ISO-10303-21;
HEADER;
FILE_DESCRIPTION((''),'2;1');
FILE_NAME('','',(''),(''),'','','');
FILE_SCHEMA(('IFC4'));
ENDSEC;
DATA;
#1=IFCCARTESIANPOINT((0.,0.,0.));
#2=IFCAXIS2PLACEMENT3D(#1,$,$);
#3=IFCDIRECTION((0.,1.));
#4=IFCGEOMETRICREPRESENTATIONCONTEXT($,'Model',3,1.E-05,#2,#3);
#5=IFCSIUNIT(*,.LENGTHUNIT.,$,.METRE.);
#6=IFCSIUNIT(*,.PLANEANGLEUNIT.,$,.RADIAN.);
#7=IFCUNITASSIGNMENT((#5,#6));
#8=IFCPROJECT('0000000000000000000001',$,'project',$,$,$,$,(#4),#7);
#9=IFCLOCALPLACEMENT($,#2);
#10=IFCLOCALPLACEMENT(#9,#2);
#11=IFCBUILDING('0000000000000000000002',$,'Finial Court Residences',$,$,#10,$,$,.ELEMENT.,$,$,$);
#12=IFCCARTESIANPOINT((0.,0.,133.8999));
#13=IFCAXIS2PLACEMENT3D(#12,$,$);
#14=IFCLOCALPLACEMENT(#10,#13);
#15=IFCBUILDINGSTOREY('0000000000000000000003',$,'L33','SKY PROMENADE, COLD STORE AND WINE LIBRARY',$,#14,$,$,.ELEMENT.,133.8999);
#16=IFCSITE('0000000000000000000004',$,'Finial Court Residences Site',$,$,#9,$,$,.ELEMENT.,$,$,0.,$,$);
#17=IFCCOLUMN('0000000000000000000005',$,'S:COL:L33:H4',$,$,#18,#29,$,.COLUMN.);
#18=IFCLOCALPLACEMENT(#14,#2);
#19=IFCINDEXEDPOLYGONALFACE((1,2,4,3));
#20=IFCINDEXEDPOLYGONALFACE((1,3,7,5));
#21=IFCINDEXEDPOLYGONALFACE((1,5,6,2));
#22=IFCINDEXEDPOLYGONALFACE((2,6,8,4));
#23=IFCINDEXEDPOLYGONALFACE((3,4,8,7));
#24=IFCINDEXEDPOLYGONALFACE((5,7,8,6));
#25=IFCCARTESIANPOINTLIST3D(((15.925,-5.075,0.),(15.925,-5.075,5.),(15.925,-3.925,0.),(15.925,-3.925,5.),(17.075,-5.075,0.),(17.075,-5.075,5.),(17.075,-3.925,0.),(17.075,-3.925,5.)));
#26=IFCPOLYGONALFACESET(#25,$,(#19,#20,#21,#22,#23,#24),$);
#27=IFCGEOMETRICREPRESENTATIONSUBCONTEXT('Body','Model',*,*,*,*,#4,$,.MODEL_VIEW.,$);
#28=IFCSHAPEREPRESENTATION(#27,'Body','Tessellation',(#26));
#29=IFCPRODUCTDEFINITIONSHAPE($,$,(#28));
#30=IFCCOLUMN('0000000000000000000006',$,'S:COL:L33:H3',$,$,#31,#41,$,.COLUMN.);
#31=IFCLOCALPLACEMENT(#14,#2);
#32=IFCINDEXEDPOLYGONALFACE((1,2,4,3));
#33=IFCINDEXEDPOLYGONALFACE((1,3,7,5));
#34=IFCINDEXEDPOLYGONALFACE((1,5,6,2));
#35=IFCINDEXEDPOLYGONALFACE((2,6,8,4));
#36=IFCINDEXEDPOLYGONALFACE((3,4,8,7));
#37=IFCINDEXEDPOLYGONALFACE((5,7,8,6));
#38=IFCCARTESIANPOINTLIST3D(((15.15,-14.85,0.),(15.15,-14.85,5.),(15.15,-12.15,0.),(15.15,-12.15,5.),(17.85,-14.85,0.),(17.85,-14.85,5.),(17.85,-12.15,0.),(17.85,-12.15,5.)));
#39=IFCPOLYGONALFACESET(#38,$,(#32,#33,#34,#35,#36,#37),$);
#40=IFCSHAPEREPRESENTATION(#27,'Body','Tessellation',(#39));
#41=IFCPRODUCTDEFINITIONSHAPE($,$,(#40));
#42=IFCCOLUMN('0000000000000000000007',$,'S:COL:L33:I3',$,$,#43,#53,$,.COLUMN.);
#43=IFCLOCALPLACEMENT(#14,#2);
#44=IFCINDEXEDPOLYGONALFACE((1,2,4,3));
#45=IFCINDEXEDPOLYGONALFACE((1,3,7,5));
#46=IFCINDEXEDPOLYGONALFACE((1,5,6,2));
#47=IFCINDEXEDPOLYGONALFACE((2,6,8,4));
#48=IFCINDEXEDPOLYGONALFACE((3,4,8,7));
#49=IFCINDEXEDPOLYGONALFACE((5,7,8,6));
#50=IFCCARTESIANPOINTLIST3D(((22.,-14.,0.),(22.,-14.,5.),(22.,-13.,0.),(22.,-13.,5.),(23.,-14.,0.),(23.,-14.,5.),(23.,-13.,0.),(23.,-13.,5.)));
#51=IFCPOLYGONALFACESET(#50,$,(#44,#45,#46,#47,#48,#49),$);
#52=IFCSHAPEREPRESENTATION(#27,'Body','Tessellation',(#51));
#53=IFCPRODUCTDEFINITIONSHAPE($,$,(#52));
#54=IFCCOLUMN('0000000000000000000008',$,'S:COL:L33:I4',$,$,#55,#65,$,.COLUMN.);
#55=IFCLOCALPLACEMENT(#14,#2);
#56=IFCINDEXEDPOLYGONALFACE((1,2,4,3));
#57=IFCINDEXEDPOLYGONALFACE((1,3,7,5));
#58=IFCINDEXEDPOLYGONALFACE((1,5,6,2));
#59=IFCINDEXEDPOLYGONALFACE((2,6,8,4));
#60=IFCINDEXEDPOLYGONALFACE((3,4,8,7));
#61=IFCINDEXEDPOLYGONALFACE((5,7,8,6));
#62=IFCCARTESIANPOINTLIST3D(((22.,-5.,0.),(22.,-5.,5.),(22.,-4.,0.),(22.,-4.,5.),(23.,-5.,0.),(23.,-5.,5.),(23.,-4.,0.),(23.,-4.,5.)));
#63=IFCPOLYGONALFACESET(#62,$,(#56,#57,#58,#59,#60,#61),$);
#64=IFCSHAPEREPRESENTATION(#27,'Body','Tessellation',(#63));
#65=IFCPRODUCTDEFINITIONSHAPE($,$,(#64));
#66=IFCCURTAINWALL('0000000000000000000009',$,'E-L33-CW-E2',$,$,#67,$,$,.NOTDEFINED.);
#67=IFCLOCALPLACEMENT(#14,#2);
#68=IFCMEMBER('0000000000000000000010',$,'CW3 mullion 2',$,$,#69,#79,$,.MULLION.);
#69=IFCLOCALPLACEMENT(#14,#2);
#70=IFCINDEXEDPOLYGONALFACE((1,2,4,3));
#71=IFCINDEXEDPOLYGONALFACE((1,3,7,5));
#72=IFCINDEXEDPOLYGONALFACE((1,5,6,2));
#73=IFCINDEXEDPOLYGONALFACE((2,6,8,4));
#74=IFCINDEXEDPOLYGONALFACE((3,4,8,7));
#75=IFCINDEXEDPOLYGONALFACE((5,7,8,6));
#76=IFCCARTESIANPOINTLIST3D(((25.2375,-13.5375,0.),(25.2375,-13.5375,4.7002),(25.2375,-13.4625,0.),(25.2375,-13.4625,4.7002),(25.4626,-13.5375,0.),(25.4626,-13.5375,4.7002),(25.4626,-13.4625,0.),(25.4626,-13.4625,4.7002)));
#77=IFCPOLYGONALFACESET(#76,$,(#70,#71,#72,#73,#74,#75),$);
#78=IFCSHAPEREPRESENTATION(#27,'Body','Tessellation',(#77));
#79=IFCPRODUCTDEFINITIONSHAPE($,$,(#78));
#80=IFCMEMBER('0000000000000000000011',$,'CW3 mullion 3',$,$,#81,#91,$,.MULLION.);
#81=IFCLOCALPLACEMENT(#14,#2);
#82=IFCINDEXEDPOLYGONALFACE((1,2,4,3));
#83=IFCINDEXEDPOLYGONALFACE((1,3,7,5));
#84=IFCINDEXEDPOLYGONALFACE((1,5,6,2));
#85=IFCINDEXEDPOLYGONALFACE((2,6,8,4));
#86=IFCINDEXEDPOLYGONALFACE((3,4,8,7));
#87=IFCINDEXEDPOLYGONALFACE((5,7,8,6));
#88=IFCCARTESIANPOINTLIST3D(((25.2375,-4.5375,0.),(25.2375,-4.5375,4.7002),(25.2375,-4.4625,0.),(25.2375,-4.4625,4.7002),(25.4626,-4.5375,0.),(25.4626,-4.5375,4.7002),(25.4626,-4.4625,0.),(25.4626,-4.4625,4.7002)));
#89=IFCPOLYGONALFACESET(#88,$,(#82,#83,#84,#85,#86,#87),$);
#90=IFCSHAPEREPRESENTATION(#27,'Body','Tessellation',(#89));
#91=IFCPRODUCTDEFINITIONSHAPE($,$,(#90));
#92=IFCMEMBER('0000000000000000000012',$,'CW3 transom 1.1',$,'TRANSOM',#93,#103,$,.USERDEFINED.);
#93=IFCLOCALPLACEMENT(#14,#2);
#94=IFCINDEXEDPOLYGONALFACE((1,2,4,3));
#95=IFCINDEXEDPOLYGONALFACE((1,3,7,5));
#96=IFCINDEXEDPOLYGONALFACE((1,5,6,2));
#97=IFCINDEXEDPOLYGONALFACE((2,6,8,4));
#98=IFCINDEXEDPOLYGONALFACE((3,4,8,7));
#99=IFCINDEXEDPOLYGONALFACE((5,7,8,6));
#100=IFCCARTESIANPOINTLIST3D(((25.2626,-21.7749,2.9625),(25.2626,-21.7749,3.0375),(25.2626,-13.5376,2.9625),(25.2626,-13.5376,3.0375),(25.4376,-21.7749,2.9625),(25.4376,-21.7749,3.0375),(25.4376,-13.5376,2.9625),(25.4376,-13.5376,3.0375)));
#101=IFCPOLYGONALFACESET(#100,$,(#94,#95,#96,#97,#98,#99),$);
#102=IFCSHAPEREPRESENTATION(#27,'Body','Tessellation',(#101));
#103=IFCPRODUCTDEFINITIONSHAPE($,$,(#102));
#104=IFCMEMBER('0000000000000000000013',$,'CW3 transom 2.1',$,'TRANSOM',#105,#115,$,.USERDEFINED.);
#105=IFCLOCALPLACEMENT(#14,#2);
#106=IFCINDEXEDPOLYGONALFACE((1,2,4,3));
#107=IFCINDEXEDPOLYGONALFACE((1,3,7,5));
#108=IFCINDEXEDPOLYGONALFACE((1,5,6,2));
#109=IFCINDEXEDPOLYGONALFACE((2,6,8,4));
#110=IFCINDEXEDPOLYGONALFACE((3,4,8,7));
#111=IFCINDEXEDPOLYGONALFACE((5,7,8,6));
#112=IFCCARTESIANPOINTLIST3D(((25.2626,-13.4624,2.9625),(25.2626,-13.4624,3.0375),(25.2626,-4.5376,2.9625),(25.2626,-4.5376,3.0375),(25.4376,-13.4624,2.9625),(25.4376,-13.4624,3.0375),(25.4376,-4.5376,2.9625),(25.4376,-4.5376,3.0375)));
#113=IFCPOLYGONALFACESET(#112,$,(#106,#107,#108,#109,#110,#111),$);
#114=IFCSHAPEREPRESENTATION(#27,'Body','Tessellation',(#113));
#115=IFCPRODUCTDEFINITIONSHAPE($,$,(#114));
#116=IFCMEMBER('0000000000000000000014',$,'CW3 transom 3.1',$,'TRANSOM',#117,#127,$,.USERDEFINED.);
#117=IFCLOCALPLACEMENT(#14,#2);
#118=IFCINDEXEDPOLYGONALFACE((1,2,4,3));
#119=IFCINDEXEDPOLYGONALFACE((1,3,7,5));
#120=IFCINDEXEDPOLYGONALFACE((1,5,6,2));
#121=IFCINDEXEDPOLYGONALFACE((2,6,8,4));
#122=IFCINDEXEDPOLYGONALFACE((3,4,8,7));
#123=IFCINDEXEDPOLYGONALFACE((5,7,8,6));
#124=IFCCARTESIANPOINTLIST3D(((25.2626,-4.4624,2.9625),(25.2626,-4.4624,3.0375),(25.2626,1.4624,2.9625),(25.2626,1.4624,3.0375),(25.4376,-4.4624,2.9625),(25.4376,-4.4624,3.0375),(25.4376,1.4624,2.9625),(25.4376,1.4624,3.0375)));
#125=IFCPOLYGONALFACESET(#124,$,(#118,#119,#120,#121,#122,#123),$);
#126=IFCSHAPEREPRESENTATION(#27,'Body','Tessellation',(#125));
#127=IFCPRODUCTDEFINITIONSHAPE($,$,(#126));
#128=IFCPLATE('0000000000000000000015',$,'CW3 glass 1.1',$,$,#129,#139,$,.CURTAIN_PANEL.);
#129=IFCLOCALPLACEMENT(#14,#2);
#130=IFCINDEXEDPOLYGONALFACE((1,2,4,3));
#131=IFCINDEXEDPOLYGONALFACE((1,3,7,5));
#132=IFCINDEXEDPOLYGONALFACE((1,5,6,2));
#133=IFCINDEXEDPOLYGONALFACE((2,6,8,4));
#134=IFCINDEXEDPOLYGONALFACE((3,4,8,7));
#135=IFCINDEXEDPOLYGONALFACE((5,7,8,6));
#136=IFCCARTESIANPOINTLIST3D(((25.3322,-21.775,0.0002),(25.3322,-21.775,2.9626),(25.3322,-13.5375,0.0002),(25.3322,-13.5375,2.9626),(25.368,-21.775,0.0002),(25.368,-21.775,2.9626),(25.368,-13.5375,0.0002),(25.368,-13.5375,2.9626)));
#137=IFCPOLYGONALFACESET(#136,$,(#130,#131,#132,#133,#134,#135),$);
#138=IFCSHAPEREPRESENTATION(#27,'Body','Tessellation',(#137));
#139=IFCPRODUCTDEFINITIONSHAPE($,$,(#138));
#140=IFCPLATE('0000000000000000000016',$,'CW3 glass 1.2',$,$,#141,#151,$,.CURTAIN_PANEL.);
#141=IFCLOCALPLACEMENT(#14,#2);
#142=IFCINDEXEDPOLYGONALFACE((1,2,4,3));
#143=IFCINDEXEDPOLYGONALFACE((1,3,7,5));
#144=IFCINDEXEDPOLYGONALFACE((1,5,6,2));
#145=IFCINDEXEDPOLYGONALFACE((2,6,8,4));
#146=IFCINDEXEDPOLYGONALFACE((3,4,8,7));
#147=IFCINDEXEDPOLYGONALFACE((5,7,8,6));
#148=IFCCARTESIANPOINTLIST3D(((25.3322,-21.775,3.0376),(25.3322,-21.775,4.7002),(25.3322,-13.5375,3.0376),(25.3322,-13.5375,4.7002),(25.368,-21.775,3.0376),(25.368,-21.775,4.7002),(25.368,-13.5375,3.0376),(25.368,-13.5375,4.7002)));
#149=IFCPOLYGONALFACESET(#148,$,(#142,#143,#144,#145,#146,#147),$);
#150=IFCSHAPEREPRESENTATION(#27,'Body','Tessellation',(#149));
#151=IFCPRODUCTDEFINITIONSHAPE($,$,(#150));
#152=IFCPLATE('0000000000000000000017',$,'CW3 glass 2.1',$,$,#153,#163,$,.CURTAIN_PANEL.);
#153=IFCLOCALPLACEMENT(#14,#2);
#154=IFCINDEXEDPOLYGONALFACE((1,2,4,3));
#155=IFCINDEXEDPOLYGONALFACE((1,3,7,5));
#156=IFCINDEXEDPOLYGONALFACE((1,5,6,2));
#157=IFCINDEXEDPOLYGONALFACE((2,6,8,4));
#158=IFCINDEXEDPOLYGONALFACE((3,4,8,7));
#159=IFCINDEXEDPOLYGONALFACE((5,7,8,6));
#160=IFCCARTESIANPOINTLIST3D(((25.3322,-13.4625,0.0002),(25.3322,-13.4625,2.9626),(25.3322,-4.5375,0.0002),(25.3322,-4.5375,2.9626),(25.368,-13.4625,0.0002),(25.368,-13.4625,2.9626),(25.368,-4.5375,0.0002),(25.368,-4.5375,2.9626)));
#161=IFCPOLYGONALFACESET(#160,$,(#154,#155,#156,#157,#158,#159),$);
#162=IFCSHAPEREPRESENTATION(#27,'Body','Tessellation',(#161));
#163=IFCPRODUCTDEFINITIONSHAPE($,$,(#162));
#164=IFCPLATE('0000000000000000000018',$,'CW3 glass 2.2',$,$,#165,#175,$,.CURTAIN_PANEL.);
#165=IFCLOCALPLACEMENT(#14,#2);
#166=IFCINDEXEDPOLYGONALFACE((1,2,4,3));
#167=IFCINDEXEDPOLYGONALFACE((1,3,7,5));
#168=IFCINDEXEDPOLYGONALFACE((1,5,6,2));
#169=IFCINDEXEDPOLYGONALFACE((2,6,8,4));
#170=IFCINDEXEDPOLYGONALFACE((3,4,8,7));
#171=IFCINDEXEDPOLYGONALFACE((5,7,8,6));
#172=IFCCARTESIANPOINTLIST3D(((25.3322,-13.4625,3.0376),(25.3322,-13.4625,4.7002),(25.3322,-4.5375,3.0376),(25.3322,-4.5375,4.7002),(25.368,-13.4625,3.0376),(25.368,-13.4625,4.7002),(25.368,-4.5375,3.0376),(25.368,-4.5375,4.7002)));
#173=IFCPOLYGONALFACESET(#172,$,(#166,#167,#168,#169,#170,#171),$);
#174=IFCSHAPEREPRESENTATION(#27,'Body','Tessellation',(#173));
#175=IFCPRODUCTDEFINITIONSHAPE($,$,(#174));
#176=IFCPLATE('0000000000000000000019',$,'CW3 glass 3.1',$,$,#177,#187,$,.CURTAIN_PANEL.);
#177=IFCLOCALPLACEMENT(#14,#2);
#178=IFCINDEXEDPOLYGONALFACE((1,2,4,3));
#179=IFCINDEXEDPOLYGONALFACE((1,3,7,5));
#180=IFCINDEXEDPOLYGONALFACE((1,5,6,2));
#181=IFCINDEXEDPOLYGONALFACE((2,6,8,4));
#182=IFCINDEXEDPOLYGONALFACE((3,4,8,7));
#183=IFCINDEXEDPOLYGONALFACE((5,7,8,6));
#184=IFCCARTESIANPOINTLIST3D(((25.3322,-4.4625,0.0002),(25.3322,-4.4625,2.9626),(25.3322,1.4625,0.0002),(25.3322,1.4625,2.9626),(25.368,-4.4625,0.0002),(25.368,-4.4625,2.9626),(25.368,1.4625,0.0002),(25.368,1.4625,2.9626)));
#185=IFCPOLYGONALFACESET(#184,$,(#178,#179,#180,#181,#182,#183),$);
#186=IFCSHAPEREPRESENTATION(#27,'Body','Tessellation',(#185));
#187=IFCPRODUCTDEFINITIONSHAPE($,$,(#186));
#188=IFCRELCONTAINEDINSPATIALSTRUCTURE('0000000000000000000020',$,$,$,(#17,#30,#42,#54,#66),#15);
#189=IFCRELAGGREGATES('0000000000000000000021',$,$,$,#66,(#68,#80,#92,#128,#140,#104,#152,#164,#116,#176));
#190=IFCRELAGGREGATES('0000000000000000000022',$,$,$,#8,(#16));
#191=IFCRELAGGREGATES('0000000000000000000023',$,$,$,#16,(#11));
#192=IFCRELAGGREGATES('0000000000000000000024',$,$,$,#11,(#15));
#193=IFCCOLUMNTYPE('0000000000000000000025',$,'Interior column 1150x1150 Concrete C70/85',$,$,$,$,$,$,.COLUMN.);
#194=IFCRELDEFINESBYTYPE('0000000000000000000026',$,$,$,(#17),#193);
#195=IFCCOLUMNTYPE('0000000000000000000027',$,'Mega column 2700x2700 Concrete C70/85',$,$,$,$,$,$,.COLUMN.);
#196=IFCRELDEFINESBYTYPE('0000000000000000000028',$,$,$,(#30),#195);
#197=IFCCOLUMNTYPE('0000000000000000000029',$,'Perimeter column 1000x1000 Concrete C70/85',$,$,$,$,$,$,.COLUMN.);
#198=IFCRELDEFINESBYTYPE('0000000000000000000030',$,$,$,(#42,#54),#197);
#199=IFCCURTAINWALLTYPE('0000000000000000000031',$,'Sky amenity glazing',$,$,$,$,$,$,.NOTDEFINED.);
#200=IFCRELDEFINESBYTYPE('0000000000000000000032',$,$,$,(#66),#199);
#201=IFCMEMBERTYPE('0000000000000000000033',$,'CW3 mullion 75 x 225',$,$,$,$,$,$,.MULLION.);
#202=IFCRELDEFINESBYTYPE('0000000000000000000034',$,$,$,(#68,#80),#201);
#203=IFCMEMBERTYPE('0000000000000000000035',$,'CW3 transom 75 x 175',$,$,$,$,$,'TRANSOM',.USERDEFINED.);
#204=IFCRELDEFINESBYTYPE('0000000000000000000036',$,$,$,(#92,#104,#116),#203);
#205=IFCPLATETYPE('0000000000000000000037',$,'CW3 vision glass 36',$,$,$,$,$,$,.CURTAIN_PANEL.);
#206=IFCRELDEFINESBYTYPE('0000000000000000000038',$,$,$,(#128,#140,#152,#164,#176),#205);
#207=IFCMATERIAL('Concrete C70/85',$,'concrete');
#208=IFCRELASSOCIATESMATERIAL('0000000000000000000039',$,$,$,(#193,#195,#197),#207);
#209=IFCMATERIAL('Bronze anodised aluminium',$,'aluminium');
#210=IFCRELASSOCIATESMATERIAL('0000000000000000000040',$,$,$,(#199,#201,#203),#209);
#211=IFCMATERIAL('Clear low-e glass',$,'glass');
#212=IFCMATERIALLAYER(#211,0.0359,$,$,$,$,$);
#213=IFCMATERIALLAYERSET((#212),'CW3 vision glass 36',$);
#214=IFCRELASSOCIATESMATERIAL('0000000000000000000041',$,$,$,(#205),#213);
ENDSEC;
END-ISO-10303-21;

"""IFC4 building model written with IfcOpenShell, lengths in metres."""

from ifc_helpers import new_model, si_unit, direction, frame, origin, origin_2d, place, context, subcontext, project, spatial, rectangle, extrude, material, layer, layer_set, material_profile, profile_set, type_object, element, aggregate, save


model = new_model("IFC4")

# Units and contexts
model_context = context("Model", 3, precision=1e-05, world=origin(), true_north=direction((0.0, 1.0)))
body_context = subcontext(model_context, "Body", "Model", "MODEL_VIEW")
ifc_project = project(units=[si_unit("LENGTHUNIT", "METRE"), si_unit("PLANEANGLEUNIT", "RADIAN")], contexts=[model_context])

# Site, building, storey
site_placement = place(None, origin())
site = spatial("IfcSite", under=ifc_project, at=site_placement, Name="Finial Court Residences Site", CompositionType="ELEMENT", RefElevation=0.0)
building_placement = place(site_placement, origin())
building = spatial("IfcBuilding", under=site, at=building_placement, Name="Finial Court Residences", CompositionType="ELEMENT")
storey_placement = place(building_placement, frame((0.0, 0.0, 133.8999)))
storey = spatial("IfcBuildingStorey", under=building, at=storey_placement, Name="L33", Description="SKY PROMENADE, COLD STORE AND WINE LIBRARY", CompositionType="ELEMENT", Elevation=133.8999)

# Columns
ifc_material_1 = material(Name="Concrete C70/85", Category="concrete")
ifc_material_profile_1 = material_profile(ifc_material_1, rectangle(XDim=1.1499, YDim=1.1499, at=origin_2d()), Name="1150x1150")
ifc_profile_set_1 = profile_set([ifc_material_profile_1], Name="Concrete C70/85")
column_type_1 = type_object("IfcColumnType", Name="Interior column 1150x1150 Concrete C70/85", PredefinedType="COLUMN", material=ifc_profile_set_1)
column_1_placement = place(storey_placement, frame((16.5, -4.5, 0.0), z_axis=(0.0, 0.0, 1.0), x_axis=(1.0, 0.0, 0.0)))
element("IfcColumn", 1, at=column_1_placement, inside=storey, type_object=column_type_1, Name="S:COL:L33:H4", PredefinedType="COLUMN", context=body_context, shape_type="SweptSolid", body=[
    extrude(rectangle(XDim=1.1499, YDim=1.1499, at=origin_2d()), origin(), (0.0, 0.0, 1.0), 5.0),
])
ifc_material_profile_2 = material_profile(ifc_material_1, rectangle(XDim=2.7, YDim=2.7, at=origin_2d()), Name="2700x2700")
ifc_profile_set_2 = profile_set([ifc_material_profile_2], Name="Concrete C70/85")
column_type_2 = type_object("IfcColumnType", Name="Mega column 2700x2700 Concrete C70/85", PredefinedType="COLUMN", material=ifc_profile_set_2)
column_2_placement = place(storey_placement, frame((16.5, -13.5, 0.0), z_axis=(0.0, 0.0, 1.0), x_axis=(1.0, 0.0, 0.0)))
element("IfcColumn", 2, at=column_2_placement, inside=storey, type_object=column_type_2, Name="S:COL:L33:H3", PredefinedType="COLUMN", context=body_context, shape_type="SweptSolid", body=[
    extrude(rectangle(XDim=2.7, YDim=2.7, at=origin_2d()), origin(), (0.0, 0.0, 1.0), 5.0),
])
ifc_material_profile_3 = material_profile(ifc_material_1, rectangle(XDim=1.0, YDim=1.0, at=origin_2d()), Name="1000x1000")
ifc_profile_set_3 = profile_set([ifc_material_profile_3], Name="Concrete C70/85")
column_type_3 = type_object("IfcColumnType", Name="Perimeter column 1000x1000 Concrete C70/85", PredefinedType="COLUMN", material=ifc_profile_set_3)
for number, where, z_axis, x_axis, name in (
    (3, (22.5, -13.5, 0.0), (0.0, 0.0, 1.0), (1.0, 0.0, 0.0), "S:COL:L33:I3"),
    (4, (22.5, -4.5, 0.0), (0.0, 0.0, 1.0), (1.0, 0.0, 0.0), "S:COL:L33:I4"),
):
    element("IfcColumn", number, at=place(storey_placement, frame(where, z_axis=z_axis, x_axis=x_axis)), inside=storey, type_object=column_type_3, Name=name, PredefinedType="COLUMN", context=body_context, shape_type="SweptSolid", body=[
        extrude(rectangle(XDim=1.0, YDim=1.0, at=origin_2d()), origin(), (0.0, 0.0, 1.0), 5.0),
    ])

# Curtain wall, members, plates
ifc_material_2 = material(Name="Bronze anodised aluminium", Category="aluminium")
curtain_wall_type = type_object("IfcCurtainWallType", Name="Sky amenity glazing", PredefinedType="NOTDEFINED", material=ifc_material_2)
curtain_wall_placement = place(storey_placement, origin())
curtain_wall = element("IfcCurtainWall", 5, at=curtain_wall_placement, inside=storey, type_object=curtain_wall_type, Name="E-L33-CW-E2", PredefinedType="NOTDEFINED")
ifc_material_profile_4 = material_profile(ifc_material_2, rectangle(XDim=0.2251, YDim=0.075, at=origin_2d()), Name="CW3 mullion 75 x 225")
ifc_profile_set_4 = profile_set([ifc_material_profile_4], Name="Bronze anodised aluminium")
member_type_1 = type_object("IfcMemberType", Name="CW3 mullion 75 x 225", PredefinedType="MULLION", material=ifc_profile_set_4)
member_1_placement = place(storey_placement, frame((25.3501, -13.5, 0.0), z_axis=(0.0, 0.0, 1.0), x_axis=(-1.0, 0.0, 0.0)))
member_1 = element("IfcMember", 6, at=member_1_placement, type_object=member_type_1, Name="CW3 mullion 2", PredefinedType="MULLION", context=body_context, shape_type="SweptSolid", body=[
    extrude(rectangle(XDim=0.2251, YDim=0.075, at=origin_2d()), origin(), (0.0, 0.0, 1.0), 4.7002),
])
member_2_placement = place(storey_placement, frame((25.3501, -4.5, 0.0), z_axis=(0.0, 0.0, 1.0), x_axis=(-1.0, 0.0, 0.0)))
member_2 = element("IfcMember", 7, at=member_2_placement, type_object=member_type_1, Name="CW3 mullion 3", PredefinedType="MULLION", context=body_context, shape_type="SweptSolid", body=[
    extrude(rectangle(XDim=0.2251, YDim=0.075, at=origin_2d()), origin(), (0.0, 0.0, 1.0), 4.7002),
])
ifc_material_profile_5 = material_profile(ifc_material_2, rectangle(XDim=0.175, YDim=0.075, at=origin_2d()), Name="CW3 transom 75 x 175")
ifc_profile_set_5 = profile_set([ifc_material_profile_5], Name="Bronze anodised aluminium")
member_type_2 = type_object("IfcMemberType", Name="CW3 transom 75 x 175", ElementType="TRANSOM", PredefinedType="USERDEFINED", material=ifc_profile_set_5)
member_3_placement = place(storey_placement, frame((25.3501, -21.7749, 3.0), z_axis=(0.0, 1.0, 0.0), x_axis=(-1.0, 0.0, 0.0)))
member_3 = element("IfcMember", 8, at=member_3_placement, type_object=member_type_2, Name="CW3 transom 1.1", ObjectType="TRANSOM", PredefinedType="USERDEFINED", context=body_context, shape_type="SweptSolid", body=[
    extrude(rectangle(XDim=0.175, YDim=0.075, at=origin_2d()), origin(), (0.0, 0.0, 1.0), 8.2373),
])
member_4_placement = place(storey_placement, frame((25.3501, -13.4624, 3.0), z_axis=(0.0, 1.0, 0.0), x_axis=(-1.0, 0.0, 0.0)))
member_4 = element("IfcMember", 9, at=member_4_placement, type_object=member_type_2, Name="CW3 transom 2.1", ObjectType="TRANSOM", PredefinedType="USERDEFINED", context=body_context, shape_type="SweptSolid", body=[
    extrude(rectangle(XDim=0.175, YDim=0.075, at=origin_2d()), origin(), (0.0, 0.0, 1.0), 8.9248),
])
member_5_placement = place(storey_placement, frame((25.3501, -4.4624, 3.0), z_axis=(0.0, 1.0, 0.0), x_axis=(-1.0, 0.0, 0.0)))
member_5 = element("IfcMember", 10, at=member_5_placement, type_object=member_type_2, Name="CW3 transom 3.1", ObjectType="TRANSOM", PredefinedType="USERDEFINED", context=body_context, shape_type="SweptSolid", body=[
    extrude(rectangle(XDim=0.175, YDim=0.075, at=origin_2d()), origin(), (0.0, 0.0, 1.0), 5.9248),
])
ifc_material_3 = material(Name="Clear low-e glass", Category="glass")
ifc_layer = layer(ifc_material_3, 0.0359)
ifc_layer_set = layer_set([ifc_layer], Name="CW3 vision glass 36")
plate_type = type_object("IfcPlateType", Name="CW3 vision glass 36", PredefinedType="CURTAIN_PANEL", material=ifc_layer_set)
plate_1_placement = place(storey_placement, frame((25.3501, -17.6562, 0.0002), z_axis=(0.0, 0.0, 1.0), x_axis=(0.0, 1.0, 0.0)))
plate_1 = element("IfcPlate", 11, at=plate_1_placement, type_object=plate_type, Name="CW3 glass 1.1", PredefinedType="CURTAIN_PANEL", context=body_context, shape_type="SweptSolid", body=[
    extrude(rectangle(XDim=8.2375, YDim=0.0359, at=origin_2d()), origin(), (0.0, 0.0, 1.0), 2.9624),
])
plate_2_placement = place(storey_placement, frame((25.3501, -17.6562, 3.0376), z_axis=(0.0, 0.0, 1.0), x_axis=(0.0, 1.0, 0.0)))
plate_2 = element("IfcPlate", 12, at=plate_2_placement, type_object=plate_type, Name="CW3 glass 1.2", PredefinedType="CURTAIN_PANEL", context=body_context, shape_type="SweptSolid", body=[
    extrude(rectangle(XDim=8.2375, YDim=0.0359, at=origin_2d()), origin(), (0.0, 0.0, 1.0), 1.6626),
])
plate_3_placement = place(storey_placement, frame((25.3501, -9.0, 0.0002), z_axis=(0.0, 0.0, 1.0), x_axis=(0.0, 1.0, 0.0)))
plate_3 = element("IfcPlate", 13, at=plate_3_placement, type_object=plate_type, Name="CW3 glass 2.1", PredefinedType="CURTAIN_PANEL", context=body_context, shape_type="SweptSolid", body=[
    extrude(rectangle(XDim=8.925, YDim=0.0359, at=origin_2d()), origin(), (0.0, 0.0, 1.0), 2.9624),
])
plate_4_placement = place(storey_placement, frame((25.3501, -9.0, 3.0376), z_axis=(0.0, 0.0, 1.0), x_axis=(0.0, 1.0, 0.0)))
plate_4 = element("IfcPlate", 14, at=plate_4_placement, type_object=plate_type, Name="CW3 glass 2.2", PredefinedType="CURTAIN_PANEL", context=body_context, shape_type="SweptSolid", body=[
    extrude(rectangle(XDim=8.925, YDim=0.0359, at=origin_2d()), origin(), (0.0, 0.0, 1.0), 1.6626),
])
plate_5_placement = place(storey_placement, frame((25.3501, -1.5, 0.0002), z_axis=(0.0, 0.0, 1.0), x_axis=(0.0, 1.0, 0.0)))
plate_5 = element("IfcPlate", 15, at=plate_5_placement, type_object=plate_type, Name="CW3 glass 3.1", PredefinedType="CURTAIN_PANEL", context=body_context, shape_type="SweptSolid", body=[
    extrude(rectangle(XDim=5.925, YDim=0.0359, at=origin_2d()), origin(), (0.0, 0.0, 1.0), 2.9624),
])
aggregate(curtain_wall, [member_1, member_2, member_3, plate_1, plate_2, member_4, plate_3, plate_4, member_5, plate_5])

save(model, "model.ifc")
